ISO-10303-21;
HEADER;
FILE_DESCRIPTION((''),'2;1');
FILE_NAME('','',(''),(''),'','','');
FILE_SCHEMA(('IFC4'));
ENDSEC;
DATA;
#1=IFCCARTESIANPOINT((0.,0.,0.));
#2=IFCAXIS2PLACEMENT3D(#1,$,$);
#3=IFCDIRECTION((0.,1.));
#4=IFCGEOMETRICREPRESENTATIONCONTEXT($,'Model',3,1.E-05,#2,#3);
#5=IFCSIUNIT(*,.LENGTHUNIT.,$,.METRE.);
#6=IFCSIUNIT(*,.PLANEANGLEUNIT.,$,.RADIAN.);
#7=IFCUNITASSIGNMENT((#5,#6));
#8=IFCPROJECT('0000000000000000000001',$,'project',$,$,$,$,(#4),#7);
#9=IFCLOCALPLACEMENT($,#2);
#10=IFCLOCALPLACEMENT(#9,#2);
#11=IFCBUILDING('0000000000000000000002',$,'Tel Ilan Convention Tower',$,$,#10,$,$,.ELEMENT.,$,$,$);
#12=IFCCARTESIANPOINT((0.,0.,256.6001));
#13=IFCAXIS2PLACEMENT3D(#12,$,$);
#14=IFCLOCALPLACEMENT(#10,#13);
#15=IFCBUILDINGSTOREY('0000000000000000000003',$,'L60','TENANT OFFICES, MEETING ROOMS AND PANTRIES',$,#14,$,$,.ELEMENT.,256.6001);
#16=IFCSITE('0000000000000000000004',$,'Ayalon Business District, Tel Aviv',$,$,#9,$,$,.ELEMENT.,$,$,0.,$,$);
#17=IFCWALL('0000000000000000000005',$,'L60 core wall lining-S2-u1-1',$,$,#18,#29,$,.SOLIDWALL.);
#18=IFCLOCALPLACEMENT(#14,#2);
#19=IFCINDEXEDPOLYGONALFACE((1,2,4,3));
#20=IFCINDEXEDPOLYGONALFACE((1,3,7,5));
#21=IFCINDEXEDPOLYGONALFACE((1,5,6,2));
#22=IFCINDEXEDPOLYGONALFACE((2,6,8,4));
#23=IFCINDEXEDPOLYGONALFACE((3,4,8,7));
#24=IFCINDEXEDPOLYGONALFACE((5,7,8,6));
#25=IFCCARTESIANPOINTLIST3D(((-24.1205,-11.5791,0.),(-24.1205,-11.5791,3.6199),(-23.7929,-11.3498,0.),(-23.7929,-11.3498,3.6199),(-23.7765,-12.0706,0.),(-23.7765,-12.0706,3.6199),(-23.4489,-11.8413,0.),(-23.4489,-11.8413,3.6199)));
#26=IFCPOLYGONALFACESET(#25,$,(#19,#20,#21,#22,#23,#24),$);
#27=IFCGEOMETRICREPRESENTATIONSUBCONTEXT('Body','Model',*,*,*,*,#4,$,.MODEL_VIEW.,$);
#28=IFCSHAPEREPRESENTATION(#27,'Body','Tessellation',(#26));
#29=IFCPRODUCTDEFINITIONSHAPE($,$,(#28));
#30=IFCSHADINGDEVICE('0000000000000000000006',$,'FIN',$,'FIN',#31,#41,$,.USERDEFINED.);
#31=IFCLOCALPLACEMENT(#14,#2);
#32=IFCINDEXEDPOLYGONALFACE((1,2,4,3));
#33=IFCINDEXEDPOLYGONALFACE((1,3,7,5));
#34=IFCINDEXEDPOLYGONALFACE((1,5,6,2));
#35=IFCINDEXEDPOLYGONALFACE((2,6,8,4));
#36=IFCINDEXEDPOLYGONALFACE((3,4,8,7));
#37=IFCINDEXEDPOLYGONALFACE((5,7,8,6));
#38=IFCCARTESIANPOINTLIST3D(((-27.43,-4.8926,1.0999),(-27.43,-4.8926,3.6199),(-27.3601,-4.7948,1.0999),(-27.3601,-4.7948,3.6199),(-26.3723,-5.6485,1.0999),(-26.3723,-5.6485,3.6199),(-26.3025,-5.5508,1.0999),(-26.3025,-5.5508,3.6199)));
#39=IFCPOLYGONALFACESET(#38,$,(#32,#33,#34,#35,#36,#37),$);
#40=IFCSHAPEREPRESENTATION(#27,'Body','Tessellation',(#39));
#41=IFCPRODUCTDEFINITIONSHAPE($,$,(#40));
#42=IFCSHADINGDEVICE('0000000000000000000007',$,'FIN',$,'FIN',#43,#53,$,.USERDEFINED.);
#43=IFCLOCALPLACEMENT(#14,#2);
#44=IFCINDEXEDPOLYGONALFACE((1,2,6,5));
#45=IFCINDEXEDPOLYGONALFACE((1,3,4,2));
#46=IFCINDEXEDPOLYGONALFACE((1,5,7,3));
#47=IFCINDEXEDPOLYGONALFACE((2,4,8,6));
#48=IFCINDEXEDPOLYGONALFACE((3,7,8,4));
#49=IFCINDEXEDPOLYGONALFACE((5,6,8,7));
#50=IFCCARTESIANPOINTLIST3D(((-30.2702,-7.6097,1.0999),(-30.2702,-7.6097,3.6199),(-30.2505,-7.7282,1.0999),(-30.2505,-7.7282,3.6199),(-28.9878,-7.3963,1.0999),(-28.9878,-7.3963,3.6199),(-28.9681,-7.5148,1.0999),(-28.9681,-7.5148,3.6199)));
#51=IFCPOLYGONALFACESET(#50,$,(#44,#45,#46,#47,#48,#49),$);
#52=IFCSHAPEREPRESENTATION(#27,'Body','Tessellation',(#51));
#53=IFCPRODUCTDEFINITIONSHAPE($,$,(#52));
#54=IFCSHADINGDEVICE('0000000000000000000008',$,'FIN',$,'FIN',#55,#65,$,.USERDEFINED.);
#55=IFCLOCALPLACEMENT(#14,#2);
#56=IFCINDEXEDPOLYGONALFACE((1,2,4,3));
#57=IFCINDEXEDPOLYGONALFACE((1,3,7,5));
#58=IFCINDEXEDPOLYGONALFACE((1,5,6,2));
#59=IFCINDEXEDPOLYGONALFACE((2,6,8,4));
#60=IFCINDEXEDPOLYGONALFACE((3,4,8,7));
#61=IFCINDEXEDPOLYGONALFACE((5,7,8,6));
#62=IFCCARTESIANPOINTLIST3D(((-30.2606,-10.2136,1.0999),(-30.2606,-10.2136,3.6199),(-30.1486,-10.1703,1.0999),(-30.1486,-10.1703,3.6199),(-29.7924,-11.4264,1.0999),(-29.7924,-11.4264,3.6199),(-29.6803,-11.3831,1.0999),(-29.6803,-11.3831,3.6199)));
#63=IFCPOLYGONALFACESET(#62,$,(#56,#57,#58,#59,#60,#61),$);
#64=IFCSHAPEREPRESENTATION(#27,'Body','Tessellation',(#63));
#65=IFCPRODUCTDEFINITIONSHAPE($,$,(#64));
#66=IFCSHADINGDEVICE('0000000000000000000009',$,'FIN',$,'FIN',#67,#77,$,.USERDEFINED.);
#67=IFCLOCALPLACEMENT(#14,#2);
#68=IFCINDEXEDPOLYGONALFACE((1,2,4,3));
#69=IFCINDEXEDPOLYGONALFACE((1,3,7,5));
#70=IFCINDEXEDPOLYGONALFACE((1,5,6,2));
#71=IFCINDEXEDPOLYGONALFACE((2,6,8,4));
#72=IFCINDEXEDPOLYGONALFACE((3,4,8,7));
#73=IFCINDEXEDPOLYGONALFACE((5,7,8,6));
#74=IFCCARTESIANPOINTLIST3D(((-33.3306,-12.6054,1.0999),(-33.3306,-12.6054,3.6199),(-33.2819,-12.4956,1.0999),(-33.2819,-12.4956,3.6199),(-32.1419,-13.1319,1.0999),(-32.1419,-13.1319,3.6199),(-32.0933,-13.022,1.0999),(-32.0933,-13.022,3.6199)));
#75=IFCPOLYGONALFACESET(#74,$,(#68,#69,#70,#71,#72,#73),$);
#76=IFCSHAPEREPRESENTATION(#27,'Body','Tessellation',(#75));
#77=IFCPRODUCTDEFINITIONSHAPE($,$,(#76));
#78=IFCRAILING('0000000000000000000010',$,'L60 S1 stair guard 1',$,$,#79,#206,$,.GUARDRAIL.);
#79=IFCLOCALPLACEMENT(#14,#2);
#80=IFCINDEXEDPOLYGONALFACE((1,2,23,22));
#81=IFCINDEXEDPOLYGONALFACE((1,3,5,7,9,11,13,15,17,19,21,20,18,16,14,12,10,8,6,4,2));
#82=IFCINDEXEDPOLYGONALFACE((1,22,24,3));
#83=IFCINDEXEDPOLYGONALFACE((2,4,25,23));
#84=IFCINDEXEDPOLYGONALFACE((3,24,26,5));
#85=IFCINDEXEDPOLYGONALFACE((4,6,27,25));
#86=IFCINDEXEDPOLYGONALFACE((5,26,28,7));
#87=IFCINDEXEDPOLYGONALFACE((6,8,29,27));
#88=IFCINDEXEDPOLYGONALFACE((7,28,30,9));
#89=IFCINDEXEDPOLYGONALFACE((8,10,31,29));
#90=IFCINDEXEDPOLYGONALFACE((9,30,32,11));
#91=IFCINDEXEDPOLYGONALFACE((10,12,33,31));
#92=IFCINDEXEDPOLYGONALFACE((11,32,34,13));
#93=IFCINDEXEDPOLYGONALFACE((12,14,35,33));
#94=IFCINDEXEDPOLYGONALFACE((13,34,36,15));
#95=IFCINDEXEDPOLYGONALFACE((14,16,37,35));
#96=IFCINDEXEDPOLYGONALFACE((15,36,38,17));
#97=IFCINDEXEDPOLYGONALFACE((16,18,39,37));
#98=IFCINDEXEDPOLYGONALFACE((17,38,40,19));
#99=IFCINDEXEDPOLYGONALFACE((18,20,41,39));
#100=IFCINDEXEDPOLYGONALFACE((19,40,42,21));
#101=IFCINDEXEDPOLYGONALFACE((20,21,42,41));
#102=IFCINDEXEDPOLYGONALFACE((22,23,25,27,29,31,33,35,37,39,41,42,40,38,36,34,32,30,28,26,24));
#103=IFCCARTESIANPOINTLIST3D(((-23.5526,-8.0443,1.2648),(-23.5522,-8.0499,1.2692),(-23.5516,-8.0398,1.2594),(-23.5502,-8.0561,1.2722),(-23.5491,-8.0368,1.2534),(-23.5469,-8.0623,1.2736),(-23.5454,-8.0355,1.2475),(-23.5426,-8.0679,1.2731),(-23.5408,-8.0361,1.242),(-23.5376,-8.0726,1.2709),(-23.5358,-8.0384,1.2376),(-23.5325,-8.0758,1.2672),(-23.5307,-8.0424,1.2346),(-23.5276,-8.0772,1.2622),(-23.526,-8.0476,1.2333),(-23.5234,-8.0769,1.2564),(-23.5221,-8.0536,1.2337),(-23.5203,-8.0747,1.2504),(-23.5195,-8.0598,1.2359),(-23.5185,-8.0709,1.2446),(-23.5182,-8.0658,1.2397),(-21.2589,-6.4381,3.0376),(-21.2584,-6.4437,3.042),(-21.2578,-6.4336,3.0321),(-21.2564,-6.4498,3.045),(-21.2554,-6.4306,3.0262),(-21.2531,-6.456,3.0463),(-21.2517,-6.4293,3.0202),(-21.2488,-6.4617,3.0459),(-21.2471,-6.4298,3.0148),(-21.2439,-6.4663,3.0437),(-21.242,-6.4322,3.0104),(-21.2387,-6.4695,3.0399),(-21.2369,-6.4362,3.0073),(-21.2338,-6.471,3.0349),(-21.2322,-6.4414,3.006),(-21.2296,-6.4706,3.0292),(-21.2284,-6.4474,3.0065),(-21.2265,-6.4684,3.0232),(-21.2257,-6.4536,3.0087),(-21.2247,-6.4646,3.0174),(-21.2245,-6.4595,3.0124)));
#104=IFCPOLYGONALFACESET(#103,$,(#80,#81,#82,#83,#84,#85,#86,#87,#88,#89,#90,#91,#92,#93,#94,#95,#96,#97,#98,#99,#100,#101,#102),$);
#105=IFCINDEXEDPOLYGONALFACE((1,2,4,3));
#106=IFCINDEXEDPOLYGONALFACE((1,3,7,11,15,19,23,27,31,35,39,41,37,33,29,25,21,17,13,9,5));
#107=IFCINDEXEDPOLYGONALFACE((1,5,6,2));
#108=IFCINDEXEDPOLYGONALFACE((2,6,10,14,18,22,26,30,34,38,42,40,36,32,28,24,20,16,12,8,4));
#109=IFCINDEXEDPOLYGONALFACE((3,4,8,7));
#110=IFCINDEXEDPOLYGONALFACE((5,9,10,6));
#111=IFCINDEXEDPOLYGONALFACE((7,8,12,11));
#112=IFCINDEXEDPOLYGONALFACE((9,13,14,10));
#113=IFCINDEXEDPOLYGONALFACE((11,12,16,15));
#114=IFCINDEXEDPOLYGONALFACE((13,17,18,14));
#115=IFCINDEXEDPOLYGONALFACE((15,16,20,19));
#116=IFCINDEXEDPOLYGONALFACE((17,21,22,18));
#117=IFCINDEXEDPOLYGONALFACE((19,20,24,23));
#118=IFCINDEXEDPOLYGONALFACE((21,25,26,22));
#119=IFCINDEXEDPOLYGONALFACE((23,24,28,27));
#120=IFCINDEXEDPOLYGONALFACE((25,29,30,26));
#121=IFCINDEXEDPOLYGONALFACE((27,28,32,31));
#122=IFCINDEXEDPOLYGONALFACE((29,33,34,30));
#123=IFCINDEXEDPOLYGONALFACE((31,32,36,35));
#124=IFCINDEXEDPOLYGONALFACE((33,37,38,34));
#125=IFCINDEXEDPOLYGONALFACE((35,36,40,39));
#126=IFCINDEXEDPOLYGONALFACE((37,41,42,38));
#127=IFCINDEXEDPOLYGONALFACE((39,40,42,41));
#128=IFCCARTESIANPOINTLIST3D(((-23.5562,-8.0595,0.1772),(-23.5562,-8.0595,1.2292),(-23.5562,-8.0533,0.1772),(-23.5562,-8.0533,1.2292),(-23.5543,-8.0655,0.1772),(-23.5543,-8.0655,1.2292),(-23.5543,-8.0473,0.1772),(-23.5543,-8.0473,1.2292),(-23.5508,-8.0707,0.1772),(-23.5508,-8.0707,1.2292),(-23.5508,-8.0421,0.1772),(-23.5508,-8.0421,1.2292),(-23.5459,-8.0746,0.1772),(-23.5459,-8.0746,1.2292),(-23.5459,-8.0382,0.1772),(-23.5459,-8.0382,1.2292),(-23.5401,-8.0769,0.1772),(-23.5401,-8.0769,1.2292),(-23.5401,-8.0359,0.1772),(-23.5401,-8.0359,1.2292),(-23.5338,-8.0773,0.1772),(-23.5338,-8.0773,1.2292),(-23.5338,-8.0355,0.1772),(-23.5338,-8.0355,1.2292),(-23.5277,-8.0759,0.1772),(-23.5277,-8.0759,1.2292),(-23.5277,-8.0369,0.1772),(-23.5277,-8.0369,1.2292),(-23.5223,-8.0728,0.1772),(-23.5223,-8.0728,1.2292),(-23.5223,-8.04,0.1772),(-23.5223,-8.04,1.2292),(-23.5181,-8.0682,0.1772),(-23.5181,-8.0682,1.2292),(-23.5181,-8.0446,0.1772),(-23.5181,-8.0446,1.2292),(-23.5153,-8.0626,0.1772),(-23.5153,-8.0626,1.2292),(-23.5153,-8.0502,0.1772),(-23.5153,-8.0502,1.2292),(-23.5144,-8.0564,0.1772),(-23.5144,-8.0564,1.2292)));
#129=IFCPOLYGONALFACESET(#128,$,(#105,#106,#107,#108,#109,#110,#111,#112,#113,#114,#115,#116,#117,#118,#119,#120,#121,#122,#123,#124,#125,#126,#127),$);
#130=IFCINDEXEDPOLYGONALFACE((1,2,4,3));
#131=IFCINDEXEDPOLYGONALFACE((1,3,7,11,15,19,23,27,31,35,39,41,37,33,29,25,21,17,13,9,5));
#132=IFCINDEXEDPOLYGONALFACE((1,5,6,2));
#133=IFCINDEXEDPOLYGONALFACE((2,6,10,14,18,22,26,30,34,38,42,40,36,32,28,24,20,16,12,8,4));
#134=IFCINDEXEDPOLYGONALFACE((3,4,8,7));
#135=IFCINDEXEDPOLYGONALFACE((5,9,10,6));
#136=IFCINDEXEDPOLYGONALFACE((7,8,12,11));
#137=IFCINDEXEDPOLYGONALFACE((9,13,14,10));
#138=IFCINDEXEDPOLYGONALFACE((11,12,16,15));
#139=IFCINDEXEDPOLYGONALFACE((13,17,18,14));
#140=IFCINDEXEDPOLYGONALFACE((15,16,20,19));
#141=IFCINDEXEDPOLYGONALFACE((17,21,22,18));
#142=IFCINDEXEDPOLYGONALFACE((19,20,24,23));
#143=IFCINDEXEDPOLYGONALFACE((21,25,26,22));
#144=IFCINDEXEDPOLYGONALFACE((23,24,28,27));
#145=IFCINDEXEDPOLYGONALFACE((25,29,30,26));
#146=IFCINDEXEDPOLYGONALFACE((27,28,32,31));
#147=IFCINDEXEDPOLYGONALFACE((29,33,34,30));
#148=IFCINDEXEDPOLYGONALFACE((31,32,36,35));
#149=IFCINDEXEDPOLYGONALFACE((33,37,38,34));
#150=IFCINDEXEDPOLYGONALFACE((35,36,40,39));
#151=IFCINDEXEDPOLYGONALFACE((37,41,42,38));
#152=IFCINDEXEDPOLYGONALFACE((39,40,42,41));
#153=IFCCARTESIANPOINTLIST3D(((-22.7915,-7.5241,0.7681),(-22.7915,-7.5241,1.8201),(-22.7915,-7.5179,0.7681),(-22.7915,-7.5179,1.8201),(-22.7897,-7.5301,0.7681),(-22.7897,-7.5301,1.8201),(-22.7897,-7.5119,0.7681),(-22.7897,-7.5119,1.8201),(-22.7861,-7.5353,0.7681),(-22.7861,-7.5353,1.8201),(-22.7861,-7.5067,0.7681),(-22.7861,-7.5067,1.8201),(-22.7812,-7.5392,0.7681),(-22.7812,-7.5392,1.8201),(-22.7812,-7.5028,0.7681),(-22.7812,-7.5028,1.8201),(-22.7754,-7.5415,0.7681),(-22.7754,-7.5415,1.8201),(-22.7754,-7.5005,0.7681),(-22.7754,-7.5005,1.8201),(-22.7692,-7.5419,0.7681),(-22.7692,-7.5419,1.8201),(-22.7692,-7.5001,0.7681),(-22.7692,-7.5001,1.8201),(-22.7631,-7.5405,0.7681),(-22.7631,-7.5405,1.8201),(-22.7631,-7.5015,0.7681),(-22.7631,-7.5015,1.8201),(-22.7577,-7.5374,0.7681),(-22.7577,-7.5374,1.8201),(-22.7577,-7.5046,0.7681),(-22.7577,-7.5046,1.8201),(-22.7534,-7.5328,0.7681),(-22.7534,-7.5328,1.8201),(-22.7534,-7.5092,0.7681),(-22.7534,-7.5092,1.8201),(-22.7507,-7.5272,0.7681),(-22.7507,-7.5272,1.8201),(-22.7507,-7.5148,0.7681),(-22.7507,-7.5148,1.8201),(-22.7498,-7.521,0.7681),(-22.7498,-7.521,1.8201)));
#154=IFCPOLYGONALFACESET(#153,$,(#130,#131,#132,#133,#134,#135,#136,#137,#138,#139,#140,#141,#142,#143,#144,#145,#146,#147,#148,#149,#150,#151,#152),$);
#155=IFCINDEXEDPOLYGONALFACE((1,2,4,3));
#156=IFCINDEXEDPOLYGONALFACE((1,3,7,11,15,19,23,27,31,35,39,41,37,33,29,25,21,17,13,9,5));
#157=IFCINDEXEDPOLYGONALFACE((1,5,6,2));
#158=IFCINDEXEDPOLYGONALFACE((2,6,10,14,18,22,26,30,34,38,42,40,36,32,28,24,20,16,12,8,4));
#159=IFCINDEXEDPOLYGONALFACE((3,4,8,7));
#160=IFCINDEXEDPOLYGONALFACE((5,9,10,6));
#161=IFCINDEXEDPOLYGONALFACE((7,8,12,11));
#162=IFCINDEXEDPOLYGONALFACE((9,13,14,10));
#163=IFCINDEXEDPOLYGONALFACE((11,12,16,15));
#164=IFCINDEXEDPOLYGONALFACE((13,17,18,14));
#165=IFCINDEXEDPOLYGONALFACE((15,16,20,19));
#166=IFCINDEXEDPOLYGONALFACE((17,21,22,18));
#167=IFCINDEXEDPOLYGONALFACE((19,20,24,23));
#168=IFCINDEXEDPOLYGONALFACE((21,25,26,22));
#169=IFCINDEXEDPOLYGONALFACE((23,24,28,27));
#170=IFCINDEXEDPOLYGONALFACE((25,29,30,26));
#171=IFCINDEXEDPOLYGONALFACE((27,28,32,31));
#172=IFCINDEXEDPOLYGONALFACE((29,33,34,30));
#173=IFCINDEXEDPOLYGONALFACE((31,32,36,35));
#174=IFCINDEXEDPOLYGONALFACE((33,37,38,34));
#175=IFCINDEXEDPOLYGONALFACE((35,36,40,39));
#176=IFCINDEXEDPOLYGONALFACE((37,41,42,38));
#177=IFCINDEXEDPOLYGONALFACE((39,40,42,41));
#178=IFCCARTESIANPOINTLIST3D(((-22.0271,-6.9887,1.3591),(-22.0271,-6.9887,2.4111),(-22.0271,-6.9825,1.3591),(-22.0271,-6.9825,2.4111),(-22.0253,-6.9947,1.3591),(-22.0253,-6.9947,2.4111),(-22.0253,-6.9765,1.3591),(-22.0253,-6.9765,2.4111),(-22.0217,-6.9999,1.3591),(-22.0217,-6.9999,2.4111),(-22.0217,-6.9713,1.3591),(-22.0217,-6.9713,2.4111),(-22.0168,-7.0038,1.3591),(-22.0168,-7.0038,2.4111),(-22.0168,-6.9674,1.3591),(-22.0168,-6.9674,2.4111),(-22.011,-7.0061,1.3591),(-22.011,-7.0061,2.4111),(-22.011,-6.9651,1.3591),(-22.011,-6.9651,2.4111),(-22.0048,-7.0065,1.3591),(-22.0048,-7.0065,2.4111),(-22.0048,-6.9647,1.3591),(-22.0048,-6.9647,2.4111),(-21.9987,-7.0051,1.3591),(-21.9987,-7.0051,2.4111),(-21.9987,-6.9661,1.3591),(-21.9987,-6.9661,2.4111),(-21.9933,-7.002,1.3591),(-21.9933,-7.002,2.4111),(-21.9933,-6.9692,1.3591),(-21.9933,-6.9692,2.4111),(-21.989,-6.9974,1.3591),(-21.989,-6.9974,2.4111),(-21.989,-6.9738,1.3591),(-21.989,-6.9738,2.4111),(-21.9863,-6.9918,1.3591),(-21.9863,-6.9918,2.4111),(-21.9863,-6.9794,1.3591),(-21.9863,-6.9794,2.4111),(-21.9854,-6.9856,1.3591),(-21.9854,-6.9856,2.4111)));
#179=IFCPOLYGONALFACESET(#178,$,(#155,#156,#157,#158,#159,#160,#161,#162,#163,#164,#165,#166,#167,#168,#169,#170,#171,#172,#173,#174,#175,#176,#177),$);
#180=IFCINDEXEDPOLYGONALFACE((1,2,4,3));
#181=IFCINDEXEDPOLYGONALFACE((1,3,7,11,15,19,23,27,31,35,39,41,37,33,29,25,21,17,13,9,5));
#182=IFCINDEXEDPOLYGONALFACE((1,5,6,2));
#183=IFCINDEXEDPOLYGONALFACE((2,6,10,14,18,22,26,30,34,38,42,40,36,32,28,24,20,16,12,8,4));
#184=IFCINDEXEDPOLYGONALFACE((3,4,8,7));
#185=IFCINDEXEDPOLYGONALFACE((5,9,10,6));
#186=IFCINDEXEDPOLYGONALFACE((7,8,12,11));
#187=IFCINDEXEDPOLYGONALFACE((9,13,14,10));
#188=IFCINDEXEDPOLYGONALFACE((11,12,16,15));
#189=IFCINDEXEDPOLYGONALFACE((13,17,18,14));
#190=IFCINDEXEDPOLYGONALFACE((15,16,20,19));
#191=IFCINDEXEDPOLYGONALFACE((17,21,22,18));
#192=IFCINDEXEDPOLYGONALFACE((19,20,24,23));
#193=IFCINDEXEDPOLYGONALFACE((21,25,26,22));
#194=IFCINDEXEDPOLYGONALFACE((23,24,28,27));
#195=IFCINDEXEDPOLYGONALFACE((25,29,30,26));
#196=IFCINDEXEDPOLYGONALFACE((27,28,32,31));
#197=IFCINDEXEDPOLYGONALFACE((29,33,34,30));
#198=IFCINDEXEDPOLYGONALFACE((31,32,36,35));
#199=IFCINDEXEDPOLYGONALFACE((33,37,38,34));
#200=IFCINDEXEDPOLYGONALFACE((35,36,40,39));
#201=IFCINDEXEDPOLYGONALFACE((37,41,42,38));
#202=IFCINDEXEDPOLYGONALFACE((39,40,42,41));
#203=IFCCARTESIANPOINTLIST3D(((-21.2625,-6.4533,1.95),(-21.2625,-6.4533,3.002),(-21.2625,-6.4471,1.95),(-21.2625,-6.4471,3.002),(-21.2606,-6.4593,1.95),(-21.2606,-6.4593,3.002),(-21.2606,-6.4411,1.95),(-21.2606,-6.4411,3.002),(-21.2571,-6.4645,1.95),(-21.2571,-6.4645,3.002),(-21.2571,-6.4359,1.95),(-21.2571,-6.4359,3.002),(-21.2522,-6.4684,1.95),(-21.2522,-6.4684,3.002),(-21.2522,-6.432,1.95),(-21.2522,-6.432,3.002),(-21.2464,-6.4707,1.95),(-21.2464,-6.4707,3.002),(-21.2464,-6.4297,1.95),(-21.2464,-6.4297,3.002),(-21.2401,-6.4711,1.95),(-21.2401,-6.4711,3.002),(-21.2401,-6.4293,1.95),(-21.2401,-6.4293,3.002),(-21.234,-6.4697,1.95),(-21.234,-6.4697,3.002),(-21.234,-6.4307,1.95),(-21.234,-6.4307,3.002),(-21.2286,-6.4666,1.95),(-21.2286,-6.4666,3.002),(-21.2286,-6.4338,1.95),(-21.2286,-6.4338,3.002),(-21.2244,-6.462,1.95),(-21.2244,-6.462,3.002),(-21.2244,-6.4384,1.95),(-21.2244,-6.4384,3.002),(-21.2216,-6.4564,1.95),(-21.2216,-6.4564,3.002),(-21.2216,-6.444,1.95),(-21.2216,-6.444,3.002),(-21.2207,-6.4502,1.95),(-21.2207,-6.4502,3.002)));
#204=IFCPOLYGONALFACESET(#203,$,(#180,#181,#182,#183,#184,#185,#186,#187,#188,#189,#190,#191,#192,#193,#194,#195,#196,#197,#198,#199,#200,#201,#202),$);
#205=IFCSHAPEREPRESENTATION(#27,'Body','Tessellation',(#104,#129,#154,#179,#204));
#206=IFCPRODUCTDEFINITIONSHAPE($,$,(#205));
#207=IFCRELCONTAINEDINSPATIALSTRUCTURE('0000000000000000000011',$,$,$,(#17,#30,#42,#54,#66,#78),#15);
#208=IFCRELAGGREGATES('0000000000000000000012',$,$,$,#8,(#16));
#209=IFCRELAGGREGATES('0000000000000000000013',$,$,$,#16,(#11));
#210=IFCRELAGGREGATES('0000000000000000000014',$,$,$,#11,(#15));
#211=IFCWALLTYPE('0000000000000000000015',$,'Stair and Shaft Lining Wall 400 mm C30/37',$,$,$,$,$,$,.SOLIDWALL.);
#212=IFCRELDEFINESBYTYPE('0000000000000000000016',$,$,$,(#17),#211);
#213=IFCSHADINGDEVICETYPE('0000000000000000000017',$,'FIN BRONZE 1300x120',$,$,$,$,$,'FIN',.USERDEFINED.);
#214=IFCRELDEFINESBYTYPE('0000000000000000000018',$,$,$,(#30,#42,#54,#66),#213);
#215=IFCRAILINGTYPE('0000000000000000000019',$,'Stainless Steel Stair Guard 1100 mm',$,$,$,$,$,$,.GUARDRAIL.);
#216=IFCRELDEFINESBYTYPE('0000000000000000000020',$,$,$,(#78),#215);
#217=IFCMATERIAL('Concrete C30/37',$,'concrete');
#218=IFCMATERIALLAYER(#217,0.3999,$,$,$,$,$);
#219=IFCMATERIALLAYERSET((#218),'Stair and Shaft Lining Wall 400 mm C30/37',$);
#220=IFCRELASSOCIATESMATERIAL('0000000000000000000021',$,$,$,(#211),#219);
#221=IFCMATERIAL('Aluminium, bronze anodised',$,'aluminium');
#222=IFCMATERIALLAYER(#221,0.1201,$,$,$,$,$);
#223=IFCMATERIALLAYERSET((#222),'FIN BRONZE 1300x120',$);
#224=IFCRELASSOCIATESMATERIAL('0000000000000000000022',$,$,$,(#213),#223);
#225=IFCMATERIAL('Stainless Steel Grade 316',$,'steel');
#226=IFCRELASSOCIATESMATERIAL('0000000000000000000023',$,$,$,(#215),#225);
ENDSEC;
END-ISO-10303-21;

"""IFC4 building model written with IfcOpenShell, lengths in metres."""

from ifc_helpers import new_model, si_unit, direction, frame, frame_2d, origin, origin_2d, place, context, subcontext, project, spatial, rectangle, circle, extrude, material, layer, layer_set, type_object, element, save


model = new_model("IFC4")

# Units and contexts
model_context = context("Model", 3, precision=1e-05, world=origin(), true_north=direction((0.0, 1.0)))
body_context = subcontext(model_context, "Body", "Model", "MODEL_VIEW")
ifc_project = project(units=[si_unit("LENGTHUNIT", "METRE"), si_unit("PLANEANGLEUNIT", "RADIAN")], contexts=[model_context])

# Site, building, storey
site_placement = place(None, origin())
site = spatial("IfcSite", under=ifc_project, at=site_placement, Name="Ayalon Business District, Tel Aviv", CompositionType="ELEMENT", RefElevation=0.0)
building_placement = place(site_placement, origin())
building = spatial("IfcBuilding", under=site, at=building_placement, Name="Tel Ilan Convention Tower", CompositionType="ELEMENT")
storey_placement = place(building_placement, frame((0.0, 0.0, 256.6001)))
storey = spatial("IfcBuildingStorey", under=building, at=storey_placement, Name="L60", Description="TENANT OFFICES, MEETING ROOMS AND PANTRIES", CompositionType="ELEMENT", Elevation=256.6001)

# Wall
ifc_material_1 = material(Name="Concrete C30/37", Category="concrete")
ifc_layer_1 = layer(ifc_material_1, 0.3999)
ifc_layer_set_1 = layer_set([ifc_layer_1], Name="Stair and Shaft Lining Wall 400 mm C30/37")
wall_type = type_object("IfcWallType", Name="Stair and Shaft Lining Wall 400 mm C30/37", PredefinedType="SOLIDWALL", material=ifc_layer_set_1)
wall_1_placement = place(storey_placement, frame((-23.6128, -11.9558, 0.0), z_axis=(0.0, 0.0, 1.0), x_axis=(-0.573435, 0.819251, 0.0)))
element("IfcWall", 1, at=wall_1_placement, inside=storey, type_object=wall_type, Name="L60 core wall lining-S2-u1-1", PredefinedType="SOLIDWALL", context=body_context, shape_type="SweptSolid", body=[
    extrude(rectangle(XDim=0.5999, YDim=0.3999, at=frame_2d((0.2998, 0.0))), origin(), (0.0, 0.0, 1.0), 3.6199),
])

# Shading devices
ifc_material_2 = material(Name="Aluminium, bronze anodised", Category="aluminium")
ifc_layer_2 = layer(ifc_material_2, 0.1201)
ifc_layer_set_2 = layer_set([ifc_layer_2], Name="FIN BRONZE 1300x120")
shading_device_type = type_object("IfcShadingDeviceType", Name="FIN BRONZE 1300x120", ElementType="FIN", PredefinedType="USERDEFINED", material=ifc_layer_set_2)
for number, where, z_axis, x_axis, name in (
    (2, (-26.8662, -5.2217, 1.0999), (0.0, 0.0, 1.0), (-0.813552, 0.581492, 0.0), "FIN"),
    (3, (-29.6191, -7.5623, 1.0999), (0.0, 0.0, 1.0), (-0.986445, -0.164091, 0.0), "FIN"),
    (4, (-29.9705, -10.7983, 1.0999), (0.0, 0.0, 1.0), (-0.360178, 0.932884, 0.0), "FIN"),
    (5, (-32.7119, -12.8137, 1.0999), (0.0, 0.0, 1.0), (-0.914333, 0.404964, 0.0), "FIN"),
):
    element("IfcShadingDevice", number, at=place(storey_placement, frame(where, z_axis=z_axis, x_axis=x_axis)), inside=storey, type_object=shading_device_type, Name=name, ObjectType="FIN", PredefinedType="USERDEFINED", context=body_context, shape_type="SweptSolid", body=[
        extrude(rectangle(XDim=1.3, YDim=0.1201, at=origin_2d()), origin(), (0.0, 0.0, 1.0), 2.52),
    ])

# Railing
ifc_material_3 = material(Name="Stainless Steel Grade 316", Category="steel")
railing_type = type_object("IfcRailingType", Name="Stainless Steel Stair Guard 1100 mm", PredefinedType="GUARDRAIL", material=ifc_material_3)
railing_1_placement = place(storey_placement, frame((-23.5354, -8.0564, 0.1772)))
element("IfcRailing", 6, at=railing_1_placement, inside=storey, type_object=railing_type, Name="L60 S1 stair guard 1", PredefinedType="GUARDRAIL", context=body_context, shape_type="SweptSolid", body=[
    extrude(circle(Radius=0.0239, at=origin_2d()), frame((0.0, 0.0, 1.0762), z_axis=(0.692098, 0.484653, 0.534894), x_axis=(-0.573609, 0.81913, 0.0)), (0.0, 0.0, 1.0), 3.3142),
    extrude(circle(Radius=0.021, at=origin_2d()), origin(), (0.0, 0.0, 1.0), 1.052),
    extrude(circle(Radius=0.021, at=origin_2d()), frame((0.7646, 0.5354, 0.5908)), (0.0, 0.0, 1.0), 1.052),
    extrude(circle(Radius=0.021, at=origin_2d()), frame((1.5291, 1.0708, 1.1819)), (0.0, 0.0, 1.0), 1.052),
    extrude(circle(Radius=0.021, at=origin_2d()), frame((2.2937, 1.6062, 1.7727)), (0.0, 0.0, 1.0), 1.052),
])

save(model, "model.ifc")
